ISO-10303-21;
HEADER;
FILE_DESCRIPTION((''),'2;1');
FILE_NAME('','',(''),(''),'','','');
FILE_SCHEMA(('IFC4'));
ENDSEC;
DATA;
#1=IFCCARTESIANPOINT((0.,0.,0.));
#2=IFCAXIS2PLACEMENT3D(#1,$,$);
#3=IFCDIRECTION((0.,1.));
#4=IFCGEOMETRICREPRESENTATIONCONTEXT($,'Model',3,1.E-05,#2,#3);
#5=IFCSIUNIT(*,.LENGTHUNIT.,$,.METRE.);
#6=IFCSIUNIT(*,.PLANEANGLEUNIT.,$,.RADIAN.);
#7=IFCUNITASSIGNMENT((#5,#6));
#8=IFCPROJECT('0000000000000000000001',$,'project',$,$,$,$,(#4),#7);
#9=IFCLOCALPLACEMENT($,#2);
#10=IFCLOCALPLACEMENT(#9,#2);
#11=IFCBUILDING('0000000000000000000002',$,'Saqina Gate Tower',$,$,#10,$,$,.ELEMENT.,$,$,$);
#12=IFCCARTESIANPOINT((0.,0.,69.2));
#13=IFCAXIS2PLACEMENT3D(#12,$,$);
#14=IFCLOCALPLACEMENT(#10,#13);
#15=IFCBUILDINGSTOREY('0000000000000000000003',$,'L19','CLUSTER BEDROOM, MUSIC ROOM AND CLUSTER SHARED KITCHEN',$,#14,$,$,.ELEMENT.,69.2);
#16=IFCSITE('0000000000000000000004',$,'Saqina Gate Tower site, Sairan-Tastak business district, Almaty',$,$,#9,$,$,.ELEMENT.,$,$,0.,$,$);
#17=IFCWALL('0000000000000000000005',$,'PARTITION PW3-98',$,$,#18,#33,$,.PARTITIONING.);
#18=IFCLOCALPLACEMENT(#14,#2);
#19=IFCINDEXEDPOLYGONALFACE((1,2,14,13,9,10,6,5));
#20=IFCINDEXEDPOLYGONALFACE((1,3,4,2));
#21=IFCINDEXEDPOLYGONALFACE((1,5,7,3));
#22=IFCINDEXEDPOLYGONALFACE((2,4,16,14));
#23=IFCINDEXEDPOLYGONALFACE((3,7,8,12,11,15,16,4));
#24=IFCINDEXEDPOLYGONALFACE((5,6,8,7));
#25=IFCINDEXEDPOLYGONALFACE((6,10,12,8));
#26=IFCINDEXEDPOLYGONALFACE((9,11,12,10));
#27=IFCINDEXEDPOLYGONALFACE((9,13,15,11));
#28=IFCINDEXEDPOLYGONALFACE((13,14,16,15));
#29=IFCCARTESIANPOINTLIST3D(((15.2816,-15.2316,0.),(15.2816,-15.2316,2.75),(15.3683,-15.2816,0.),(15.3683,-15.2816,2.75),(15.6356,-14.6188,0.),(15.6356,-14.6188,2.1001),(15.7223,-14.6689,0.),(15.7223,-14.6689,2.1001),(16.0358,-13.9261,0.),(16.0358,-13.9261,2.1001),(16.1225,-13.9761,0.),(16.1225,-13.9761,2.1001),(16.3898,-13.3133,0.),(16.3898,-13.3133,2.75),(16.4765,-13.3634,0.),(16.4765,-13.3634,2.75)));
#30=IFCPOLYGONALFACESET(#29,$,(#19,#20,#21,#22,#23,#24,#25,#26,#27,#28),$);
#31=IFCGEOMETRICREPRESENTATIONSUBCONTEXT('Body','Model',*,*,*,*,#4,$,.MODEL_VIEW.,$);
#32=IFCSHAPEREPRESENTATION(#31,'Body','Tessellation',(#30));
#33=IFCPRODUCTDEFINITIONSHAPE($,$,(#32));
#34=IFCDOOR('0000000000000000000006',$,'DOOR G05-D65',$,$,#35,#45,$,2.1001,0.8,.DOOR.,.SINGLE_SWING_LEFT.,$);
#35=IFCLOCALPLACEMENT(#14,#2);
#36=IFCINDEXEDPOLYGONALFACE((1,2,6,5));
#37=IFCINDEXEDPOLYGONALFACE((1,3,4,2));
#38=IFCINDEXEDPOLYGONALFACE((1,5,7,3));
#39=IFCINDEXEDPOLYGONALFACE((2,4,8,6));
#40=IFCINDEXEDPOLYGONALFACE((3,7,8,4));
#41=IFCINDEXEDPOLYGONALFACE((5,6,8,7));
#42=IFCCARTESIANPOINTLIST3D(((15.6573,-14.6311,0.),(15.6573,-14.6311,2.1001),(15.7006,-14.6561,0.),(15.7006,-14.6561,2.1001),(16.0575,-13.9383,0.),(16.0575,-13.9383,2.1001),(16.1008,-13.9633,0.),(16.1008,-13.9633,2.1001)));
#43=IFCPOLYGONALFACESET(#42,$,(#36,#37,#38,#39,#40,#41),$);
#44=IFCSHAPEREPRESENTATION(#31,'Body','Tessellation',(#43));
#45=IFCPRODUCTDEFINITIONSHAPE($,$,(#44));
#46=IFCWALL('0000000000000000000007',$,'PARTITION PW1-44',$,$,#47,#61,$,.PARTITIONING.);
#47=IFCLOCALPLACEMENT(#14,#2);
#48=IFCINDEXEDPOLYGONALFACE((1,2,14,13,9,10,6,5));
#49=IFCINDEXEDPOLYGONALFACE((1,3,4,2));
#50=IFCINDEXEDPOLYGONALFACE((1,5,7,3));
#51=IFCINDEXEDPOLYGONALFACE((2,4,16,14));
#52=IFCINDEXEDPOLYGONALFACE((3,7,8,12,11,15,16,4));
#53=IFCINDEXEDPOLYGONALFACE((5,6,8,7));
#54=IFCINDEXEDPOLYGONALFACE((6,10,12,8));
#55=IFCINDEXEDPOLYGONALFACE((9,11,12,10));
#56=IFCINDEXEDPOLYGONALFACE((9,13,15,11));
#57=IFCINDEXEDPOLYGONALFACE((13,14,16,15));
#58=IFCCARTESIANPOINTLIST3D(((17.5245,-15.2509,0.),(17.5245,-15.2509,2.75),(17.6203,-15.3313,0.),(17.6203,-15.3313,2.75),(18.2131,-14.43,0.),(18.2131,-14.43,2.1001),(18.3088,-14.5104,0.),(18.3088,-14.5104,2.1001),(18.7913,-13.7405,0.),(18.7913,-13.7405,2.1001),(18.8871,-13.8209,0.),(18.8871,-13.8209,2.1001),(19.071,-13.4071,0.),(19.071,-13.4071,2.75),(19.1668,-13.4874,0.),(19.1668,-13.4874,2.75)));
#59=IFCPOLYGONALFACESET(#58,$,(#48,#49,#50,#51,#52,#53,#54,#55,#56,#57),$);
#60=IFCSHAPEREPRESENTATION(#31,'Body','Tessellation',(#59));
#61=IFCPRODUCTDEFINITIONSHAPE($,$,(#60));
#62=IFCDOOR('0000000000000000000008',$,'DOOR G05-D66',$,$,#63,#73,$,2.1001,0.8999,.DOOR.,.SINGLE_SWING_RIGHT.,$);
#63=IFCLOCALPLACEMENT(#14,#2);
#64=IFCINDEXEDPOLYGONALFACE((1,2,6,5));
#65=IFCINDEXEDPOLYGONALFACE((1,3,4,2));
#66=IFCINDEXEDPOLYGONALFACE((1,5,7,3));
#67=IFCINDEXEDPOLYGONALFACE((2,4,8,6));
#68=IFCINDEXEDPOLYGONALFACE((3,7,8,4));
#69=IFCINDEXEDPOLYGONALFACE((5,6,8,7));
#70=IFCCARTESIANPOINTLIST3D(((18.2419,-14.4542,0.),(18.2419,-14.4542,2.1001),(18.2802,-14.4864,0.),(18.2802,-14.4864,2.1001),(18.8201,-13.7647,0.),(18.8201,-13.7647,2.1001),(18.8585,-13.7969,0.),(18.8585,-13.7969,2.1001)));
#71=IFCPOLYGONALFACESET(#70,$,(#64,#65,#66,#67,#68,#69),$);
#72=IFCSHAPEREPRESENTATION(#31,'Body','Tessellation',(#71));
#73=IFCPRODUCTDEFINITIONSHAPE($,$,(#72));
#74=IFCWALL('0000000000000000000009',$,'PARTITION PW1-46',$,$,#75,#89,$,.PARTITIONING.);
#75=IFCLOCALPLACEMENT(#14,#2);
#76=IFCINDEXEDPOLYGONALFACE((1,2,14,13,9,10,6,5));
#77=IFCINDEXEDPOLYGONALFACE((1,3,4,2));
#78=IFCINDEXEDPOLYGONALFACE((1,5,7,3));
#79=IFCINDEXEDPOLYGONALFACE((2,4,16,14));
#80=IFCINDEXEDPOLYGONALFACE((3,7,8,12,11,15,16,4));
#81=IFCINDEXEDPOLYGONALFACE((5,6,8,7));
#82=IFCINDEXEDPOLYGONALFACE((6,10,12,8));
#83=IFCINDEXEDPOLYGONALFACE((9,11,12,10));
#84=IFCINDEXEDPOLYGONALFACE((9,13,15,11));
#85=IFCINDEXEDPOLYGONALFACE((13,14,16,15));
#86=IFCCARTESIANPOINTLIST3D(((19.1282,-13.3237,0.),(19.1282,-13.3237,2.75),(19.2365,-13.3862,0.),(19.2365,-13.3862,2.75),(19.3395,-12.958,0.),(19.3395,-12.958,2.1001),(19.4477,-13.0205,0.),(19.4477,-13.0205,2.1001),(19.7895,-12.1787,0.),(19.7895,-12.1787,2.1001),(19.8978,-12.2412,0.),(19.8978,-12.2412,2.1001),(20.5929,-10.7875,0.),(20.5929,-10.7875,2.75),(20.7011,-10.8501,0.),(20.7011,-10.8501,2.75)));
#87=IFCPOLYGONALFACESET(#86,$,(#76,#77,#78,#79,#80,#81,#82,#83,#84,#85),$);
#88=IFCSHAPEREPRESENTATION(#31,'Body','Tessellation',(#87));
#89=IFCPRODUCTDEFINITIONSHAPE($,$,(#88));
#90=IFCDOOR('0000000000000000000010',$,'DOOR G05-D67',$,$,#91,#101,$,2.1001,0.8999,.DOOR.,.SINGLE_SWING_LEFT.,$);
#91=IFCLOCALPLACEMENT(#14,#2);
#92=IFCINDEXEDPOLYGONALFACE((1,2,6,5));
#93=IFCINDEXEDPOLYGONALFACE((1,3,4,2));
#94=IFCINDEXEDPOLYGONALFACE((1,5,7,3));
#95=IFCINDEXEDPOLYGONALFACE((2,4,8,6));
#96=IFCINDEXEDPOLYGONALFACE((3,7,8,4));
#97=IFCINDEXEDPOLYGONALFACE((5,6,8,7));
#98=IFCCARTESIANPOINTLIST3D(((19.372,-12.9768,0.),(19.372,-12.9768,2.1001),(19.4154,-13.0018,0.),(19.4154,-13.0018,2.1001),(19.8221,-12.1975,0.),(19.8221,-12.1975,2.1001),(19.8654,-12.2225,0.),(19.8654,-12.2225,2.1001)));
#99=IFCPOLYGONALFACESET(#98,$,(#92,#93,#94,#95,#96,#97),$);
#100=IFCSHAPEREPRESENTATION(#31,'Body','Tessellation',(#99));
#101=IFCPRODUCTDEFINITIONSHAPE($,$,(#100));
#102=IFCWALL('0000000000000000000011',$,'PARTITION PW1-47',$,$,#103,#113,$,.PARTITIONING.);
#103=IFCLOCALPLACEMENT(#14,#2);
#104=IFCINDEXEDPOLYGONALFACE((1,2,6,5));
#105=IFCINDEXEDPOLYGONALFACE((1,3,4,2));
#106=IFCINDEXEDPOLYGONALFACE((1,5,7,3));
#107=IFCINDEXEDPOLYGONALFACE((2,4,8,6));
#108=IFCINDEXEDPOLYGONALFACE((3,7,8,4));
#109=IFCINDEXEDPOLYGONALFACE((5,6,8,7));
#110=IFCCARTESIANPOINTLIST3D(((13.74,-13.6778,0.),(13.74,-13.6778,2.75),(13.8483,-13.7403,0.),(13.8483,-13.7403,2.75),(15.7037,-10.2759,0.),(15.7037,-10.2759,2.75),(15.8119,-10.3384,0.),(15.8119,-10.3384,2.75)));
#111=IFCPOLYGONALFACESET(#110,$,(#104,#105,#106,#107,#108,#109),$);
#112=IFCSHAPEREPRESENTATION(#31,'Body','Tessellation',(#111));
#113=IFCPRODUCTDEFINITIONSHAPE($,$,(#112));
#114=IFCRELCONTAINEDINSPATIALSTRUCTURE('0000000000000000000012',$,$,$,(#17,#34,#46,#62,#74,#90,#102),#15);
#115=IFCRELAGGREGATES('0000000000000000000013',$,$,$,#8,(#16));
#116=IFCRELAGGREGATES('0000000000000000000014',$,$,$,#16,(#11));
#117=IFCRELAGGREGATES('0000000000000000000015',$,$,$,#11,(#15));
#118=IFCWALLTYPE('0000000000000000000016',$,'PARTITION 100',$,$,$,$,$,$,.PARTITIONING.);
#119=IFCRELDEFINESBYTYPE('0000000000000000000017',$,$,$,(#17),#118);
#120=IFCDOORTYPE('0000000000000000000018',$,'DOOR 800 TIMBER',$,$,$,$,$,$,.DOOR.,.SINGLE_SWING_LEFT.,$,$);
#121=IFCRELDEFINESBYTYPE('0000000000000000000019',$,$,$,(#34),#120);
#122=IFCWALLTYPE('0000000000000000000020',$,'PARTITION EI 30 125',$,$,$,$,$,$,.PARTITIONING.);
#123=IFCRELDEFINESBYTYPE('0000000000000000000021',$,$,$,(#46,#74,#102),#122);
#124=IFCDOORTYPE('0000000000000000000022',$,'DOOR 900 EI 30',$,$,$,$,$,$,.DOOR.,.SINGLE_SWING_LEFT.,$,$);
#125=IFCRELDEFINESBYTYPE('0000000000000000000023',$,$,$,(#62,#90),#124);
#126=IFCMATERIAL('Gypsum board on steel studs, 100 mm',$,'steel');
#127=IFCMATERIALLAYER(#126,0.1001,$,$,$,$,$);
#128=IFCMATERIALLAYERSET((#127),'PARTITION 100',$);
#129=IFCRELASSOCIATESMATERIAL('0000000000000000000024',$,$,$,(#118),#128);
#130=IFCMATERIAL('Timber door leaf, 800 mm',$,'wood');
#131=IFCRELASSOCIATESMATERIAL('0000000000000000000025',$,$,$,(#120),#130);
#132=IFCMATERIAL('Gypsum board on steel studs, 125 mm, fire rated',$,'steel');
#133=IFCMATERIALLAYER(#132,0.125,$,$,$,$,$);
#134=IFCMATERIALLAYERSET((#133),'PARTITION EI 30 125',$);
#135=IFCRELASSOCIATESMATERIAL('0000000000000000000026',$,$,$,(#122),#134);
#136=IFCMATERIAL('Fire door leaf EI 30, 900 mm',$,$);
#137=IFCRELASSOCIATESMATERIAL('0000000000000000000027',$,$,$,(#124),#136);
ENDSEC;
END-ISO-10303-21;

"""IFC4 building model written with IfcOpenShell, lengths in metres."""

from ifc_helpers import new_model, si_unit, direction, frame, frame_2d, origin, place, context, subcontext, project, spatial, rectangle, extrude, material, layer, layer_set, type_object, element, fill, save


model = new_model("IFC4")

# Units and contexts
model_context = context("Model", 3, precision=1e-05, world=origin(), true_north=direction((0.0, 1.0)))
body_context = subcontext(model_context, "Body", "Model", "MODEL_VIEW")
ifc_project = project(units=[si_unit("LENGTHUNIT", "METRE"), si_unit("PLANEANGLEUNIT", "RADIAN")], contexts=[model_context])

# Site, building, storey
site_placement = place(None, origin())
site = spatial("IfcSite", under=ifc_project, at=site_placement, Name="Saqina Gate Tower site, Sairan-Tastak business district, Almaty", CompositionType="ELEMENT", RefElevation=0.0)
building_placement = place(site_placement, origin())
building = spatial("IfcBuilding", under=site, at=building_placement, Name="Saqina Gate Tower", CompositionType="ELEMENT")
storey_placement = place(building_placement, frame((0.0, 0.0, 69.2)))
storey = spatial("IfcBuildingStorey", under=building, at=storey_placement, Name="L19", Description="CLUSTER BEDROOM, MUSIC ROOM AND CLUSTER SHARED KITCHEN", CompositionType="ELEMENT", Elevation=69.2)

# Shared definitions
ifc_material_1 = material(Name="Gypsum board on steel studs, 100 mm", Category="steel")
ifc_layer_1 = layer(ifc_material_1, 0.1001)
ifc_layer_set_1 = layer_set([ifc_layer_1], Name="PARTITION 100")
wall_type_1 = type_object("IfcWallType", Name="PARTITION 100", PredefinedType="PARTITIONING", material=ifc_layer_set_1)

# Walls, openings, doors
ifc_material_2 = material(Name="Timber door leaf, 800 mm", Category="wood")
door_type_1 = type_object("IfcDoorType", Name="DOOR 800 TIMBER", OperationType="SINGLE_SWING_LEFT", PredefinedType="DOOR", material=ifc_material_2)
wall_1_placement = place(storey_placement, frame((15.325, -15.2566, 0.0), z_axis=(0.0, 0.0, 1.0), x_axis=(0.500228, 0.865894, 0.0)))
wall_1 = element("IfcWall", 1, at=wall_1_placement, inside=storey, type_object=wall_type_1, Name="PARTITION PW3-98", PredefinedType="PARTITIONING", context=body_context, shape_type="SweptSolid", body=[
    extrude(rectangle(XDim=2.2153, YDim=0.1001, at=frame_2d((1.1077, 0.0))), origin(), (0.0, 0.0, 1.0), 2.75),
])
opening_1_placement = place(wall_1_placement, frame((0.7078, 0.0, 0.0)))
opening_1 = element("IfcOpeningElement", 2, at=opening_1_placement, cuts=wall_1, PredefinedType="OPENING", context=body_context, shape_type="SweptSolid", body=[
    extrude(rectangle(XDim=0.8, YDim=2.1001, at=frame_2d((0.3999, 1.05))), frame((0.0, 0.062, 0.0), z_axis=(0.0, -1.0, 0.0), x_axis=(1.0, 0.0, 0.0)), (0.0, 0.0, 1.0), 0.124),
])
door_1_placement = place(opening_1_placement, frame((0.8, 0.0, 0.0), z_axis=(0.0, 0.0, 1.0), x_axis=(-1.0, 0.0, 0.0)))
door_1 = element("IfcDoor", 3, at=door_1_placement, inside=storey, type_object=door_type_1, Name="DOOR G05-D65", OperationType="SINGLE_SWING_LEFT", OverallHeight=2.1001, OverallWidth=0.8, PredefinedType="DOOR", context=body_context, shape_type="SweptSolid", body=[
    extrude(rectangle(XDim=0.8, YDim=2.1001, at=frame_2d((0.3999, 1.05))), frame((0.0, 0.0249, 0.0), z_axis=(0.0, -1.0, 0.0), x_axis=(1.0, 0.0, 0.0)), (0.0, 0.0, 1.0), 0.05),
])
fill(opening_1, door_1)
ifc_material_3 = material(Name="Gypsum board on steel studs, 125 mm, fire rated", Category="steel")
ifc_layer_2 = layer(ifc_material_3, 0.125)
ifc_layer_set_2 = layer_set([ifc_layer_2], Name="PARTITION EI 30 125")
wall_type_2 = type_object("IfcWallType", Name="PARTITION EI 30 125", PredefinedType="PARTITIONING", material=ifc_layer_set_2)
wall_2_placement = place(storey_placement, frame((17.5725, -15.291, 0.0), z_axis=(0.0, 0.0, 1.0), x_axis=(0.642616, 0.766188, 0.0)))
wall_2 = element("IfcWall", 4, at=wall_2_placement, inside=storey, type_object=wall_type_2, Name="PARTITION PW1-44", PredefinedType="PARTITIONING", context=body_context, shape_type="SweptSolid", body=[
    extrude(rectangle(XDim=2.4065, YDim=0.125, at=frame_2d((1.2031, 0.0))), origin(), (0.0, 0.0, 1.0), 2.75),
])
opening_2_placement = place(wall_2_placement, frame((1.0713, 0.0, 0.0)))
opening_2 = element("IfcOpeningElement", 5, at=opening_2_placement, cuts=wall_2, PredefinedType="OPENING", context=body_context, shape_type="SweptSolid", body=[
    extrude(rectangle(XDim=0.8999, YDim=2.1001, at=frame_2d((0.45, 1.05))), frame((0.0, 0.0745, 0.0), z_axis=(0.0, -1.0, 0.0), x_axis=(1.0, 0.0, 0.0)), (0.0, 0.0, 1.0), 0.1489),
])
ifc_material_4 = material(Name="Fire door leaf EI 30, 900 mm")
door_type_2 = type_object("IfcDoorType", Name="DOOR 900 EI 30", OperationType="SINGLE_SWING_LEFT", PredefinedType="DOOR", material=ifc_material_4)
door_2_placement = place(opening_2_placement, origin())
door_2 = element("IfcDoor", 6, at=door_2_placement, inside=storey, type_object=door_type_2, Name="DOOR G05-D66", OperationType="SINGLE_SWING_RIGHT", OverallHeight=2.1001, OverallWidth=0.8999, PredefinedType="DOOR", context=body_context, shape_type="SweptSolid", body=[
    extrude(rectangle(XDim=0.8999, YDim=2.1001, at=frame_2d((0.45, 1.05))), frame((0.0, 0.0249, 0.0), z_axis=(0.0, -1.0, 0.0), x_axis=(1.0, 0.0, 0.0)), (0.0, 0.0, 1.0), 0.05),
])
fill(opening_2, door_2)
wall_3_placement = place(storey_placement, frame((19.1824, -13.355, 0.0), z_axis=(0.0, 0.0, 1.0), x_axis=(0.500093, 0.865972, 0.0)))
wall_3 = element("IfcWall", 7, at=wall_3_placement, inside=storey, type_object=wall_type_2, Name="PARTITION PW1-46", PredefinedType="PARTITIONING", context=body_context, shape_type="SweptSolid", body=[
    extrude(rectangle(XDim=2.9287, YDim=0.125, at=frame_2d((1.4644, 0.0))), origin(), (0.0, 0.0, 1.0), 2.75),
])
opening_3_placement = place(wall_3_placement, frame((0.4224, 0.0, 0.0)))
opening_3 = element("IfcOpeningElement", 8, at=opening_3_placement, cuts=wall_3, PredefinedType="OPENING", context=body_context, shape_type="SweptSolid", body=[
    extrude(rectangle(XDim=0.8999, YDim=2.1001, at=frame_2d((0.45, 1.05))), frame((0.0, 0.0745, 0.0), z_axis=(0.0, -1.0, 0.0), x_axis=(1.0, 0.0, 0.0)), (0.0, 0.0, 1.0), 0.1489),
])
door_3_placement = place(opening_3_placement, origin())
door_3 = element("IfcDoor", 9, at=door_3_placement, inside=storey, type_object=door_type_2, Name="DOOR G05-D67", OperationType="SINGLE_SWING_LEFT", OverallHeight=2.1001, OverallWidth=0.8999, PredefinedType="DOOR", context=body_context, shape_type="SweptSolid", body=[
    extrude(rectangle(XDim=0.8999, YDim=2.1001, at=frame_2d((0.45, 1.05))), frame((0.0, 0.0249, 0.0), z_axis=(0.0, -1.0, 0.0), x_axis=(1.0, 0.0, 0.0)), (0.0, 0.0, 1.0), 0.05),
])
fill(opening_3, door_3)

# Wall
wall_4_placement = place(storey_placement, frame((13.7942, -13.709, 0.0), z_axis=(0.0, 0.0, 1.0), x_axis=(0.499916, 0.866074, 0.0)))
element("IfcWall", 10, at=wall_4_placement, inside=storey, type_object=wall_type_2, Name="PARTITION PW1-47", PredefinedType="PARTITIONING", context=body_context, shape_type="SweptSolid", body=[
    extrude(rectangle(XDim=3.928, YDim=0.125, at=frame_2d((1.9639, 0.0))), origin(), (0.0, 0.0, 1.0), 2.75),
])

save(model, "model.ifc")
